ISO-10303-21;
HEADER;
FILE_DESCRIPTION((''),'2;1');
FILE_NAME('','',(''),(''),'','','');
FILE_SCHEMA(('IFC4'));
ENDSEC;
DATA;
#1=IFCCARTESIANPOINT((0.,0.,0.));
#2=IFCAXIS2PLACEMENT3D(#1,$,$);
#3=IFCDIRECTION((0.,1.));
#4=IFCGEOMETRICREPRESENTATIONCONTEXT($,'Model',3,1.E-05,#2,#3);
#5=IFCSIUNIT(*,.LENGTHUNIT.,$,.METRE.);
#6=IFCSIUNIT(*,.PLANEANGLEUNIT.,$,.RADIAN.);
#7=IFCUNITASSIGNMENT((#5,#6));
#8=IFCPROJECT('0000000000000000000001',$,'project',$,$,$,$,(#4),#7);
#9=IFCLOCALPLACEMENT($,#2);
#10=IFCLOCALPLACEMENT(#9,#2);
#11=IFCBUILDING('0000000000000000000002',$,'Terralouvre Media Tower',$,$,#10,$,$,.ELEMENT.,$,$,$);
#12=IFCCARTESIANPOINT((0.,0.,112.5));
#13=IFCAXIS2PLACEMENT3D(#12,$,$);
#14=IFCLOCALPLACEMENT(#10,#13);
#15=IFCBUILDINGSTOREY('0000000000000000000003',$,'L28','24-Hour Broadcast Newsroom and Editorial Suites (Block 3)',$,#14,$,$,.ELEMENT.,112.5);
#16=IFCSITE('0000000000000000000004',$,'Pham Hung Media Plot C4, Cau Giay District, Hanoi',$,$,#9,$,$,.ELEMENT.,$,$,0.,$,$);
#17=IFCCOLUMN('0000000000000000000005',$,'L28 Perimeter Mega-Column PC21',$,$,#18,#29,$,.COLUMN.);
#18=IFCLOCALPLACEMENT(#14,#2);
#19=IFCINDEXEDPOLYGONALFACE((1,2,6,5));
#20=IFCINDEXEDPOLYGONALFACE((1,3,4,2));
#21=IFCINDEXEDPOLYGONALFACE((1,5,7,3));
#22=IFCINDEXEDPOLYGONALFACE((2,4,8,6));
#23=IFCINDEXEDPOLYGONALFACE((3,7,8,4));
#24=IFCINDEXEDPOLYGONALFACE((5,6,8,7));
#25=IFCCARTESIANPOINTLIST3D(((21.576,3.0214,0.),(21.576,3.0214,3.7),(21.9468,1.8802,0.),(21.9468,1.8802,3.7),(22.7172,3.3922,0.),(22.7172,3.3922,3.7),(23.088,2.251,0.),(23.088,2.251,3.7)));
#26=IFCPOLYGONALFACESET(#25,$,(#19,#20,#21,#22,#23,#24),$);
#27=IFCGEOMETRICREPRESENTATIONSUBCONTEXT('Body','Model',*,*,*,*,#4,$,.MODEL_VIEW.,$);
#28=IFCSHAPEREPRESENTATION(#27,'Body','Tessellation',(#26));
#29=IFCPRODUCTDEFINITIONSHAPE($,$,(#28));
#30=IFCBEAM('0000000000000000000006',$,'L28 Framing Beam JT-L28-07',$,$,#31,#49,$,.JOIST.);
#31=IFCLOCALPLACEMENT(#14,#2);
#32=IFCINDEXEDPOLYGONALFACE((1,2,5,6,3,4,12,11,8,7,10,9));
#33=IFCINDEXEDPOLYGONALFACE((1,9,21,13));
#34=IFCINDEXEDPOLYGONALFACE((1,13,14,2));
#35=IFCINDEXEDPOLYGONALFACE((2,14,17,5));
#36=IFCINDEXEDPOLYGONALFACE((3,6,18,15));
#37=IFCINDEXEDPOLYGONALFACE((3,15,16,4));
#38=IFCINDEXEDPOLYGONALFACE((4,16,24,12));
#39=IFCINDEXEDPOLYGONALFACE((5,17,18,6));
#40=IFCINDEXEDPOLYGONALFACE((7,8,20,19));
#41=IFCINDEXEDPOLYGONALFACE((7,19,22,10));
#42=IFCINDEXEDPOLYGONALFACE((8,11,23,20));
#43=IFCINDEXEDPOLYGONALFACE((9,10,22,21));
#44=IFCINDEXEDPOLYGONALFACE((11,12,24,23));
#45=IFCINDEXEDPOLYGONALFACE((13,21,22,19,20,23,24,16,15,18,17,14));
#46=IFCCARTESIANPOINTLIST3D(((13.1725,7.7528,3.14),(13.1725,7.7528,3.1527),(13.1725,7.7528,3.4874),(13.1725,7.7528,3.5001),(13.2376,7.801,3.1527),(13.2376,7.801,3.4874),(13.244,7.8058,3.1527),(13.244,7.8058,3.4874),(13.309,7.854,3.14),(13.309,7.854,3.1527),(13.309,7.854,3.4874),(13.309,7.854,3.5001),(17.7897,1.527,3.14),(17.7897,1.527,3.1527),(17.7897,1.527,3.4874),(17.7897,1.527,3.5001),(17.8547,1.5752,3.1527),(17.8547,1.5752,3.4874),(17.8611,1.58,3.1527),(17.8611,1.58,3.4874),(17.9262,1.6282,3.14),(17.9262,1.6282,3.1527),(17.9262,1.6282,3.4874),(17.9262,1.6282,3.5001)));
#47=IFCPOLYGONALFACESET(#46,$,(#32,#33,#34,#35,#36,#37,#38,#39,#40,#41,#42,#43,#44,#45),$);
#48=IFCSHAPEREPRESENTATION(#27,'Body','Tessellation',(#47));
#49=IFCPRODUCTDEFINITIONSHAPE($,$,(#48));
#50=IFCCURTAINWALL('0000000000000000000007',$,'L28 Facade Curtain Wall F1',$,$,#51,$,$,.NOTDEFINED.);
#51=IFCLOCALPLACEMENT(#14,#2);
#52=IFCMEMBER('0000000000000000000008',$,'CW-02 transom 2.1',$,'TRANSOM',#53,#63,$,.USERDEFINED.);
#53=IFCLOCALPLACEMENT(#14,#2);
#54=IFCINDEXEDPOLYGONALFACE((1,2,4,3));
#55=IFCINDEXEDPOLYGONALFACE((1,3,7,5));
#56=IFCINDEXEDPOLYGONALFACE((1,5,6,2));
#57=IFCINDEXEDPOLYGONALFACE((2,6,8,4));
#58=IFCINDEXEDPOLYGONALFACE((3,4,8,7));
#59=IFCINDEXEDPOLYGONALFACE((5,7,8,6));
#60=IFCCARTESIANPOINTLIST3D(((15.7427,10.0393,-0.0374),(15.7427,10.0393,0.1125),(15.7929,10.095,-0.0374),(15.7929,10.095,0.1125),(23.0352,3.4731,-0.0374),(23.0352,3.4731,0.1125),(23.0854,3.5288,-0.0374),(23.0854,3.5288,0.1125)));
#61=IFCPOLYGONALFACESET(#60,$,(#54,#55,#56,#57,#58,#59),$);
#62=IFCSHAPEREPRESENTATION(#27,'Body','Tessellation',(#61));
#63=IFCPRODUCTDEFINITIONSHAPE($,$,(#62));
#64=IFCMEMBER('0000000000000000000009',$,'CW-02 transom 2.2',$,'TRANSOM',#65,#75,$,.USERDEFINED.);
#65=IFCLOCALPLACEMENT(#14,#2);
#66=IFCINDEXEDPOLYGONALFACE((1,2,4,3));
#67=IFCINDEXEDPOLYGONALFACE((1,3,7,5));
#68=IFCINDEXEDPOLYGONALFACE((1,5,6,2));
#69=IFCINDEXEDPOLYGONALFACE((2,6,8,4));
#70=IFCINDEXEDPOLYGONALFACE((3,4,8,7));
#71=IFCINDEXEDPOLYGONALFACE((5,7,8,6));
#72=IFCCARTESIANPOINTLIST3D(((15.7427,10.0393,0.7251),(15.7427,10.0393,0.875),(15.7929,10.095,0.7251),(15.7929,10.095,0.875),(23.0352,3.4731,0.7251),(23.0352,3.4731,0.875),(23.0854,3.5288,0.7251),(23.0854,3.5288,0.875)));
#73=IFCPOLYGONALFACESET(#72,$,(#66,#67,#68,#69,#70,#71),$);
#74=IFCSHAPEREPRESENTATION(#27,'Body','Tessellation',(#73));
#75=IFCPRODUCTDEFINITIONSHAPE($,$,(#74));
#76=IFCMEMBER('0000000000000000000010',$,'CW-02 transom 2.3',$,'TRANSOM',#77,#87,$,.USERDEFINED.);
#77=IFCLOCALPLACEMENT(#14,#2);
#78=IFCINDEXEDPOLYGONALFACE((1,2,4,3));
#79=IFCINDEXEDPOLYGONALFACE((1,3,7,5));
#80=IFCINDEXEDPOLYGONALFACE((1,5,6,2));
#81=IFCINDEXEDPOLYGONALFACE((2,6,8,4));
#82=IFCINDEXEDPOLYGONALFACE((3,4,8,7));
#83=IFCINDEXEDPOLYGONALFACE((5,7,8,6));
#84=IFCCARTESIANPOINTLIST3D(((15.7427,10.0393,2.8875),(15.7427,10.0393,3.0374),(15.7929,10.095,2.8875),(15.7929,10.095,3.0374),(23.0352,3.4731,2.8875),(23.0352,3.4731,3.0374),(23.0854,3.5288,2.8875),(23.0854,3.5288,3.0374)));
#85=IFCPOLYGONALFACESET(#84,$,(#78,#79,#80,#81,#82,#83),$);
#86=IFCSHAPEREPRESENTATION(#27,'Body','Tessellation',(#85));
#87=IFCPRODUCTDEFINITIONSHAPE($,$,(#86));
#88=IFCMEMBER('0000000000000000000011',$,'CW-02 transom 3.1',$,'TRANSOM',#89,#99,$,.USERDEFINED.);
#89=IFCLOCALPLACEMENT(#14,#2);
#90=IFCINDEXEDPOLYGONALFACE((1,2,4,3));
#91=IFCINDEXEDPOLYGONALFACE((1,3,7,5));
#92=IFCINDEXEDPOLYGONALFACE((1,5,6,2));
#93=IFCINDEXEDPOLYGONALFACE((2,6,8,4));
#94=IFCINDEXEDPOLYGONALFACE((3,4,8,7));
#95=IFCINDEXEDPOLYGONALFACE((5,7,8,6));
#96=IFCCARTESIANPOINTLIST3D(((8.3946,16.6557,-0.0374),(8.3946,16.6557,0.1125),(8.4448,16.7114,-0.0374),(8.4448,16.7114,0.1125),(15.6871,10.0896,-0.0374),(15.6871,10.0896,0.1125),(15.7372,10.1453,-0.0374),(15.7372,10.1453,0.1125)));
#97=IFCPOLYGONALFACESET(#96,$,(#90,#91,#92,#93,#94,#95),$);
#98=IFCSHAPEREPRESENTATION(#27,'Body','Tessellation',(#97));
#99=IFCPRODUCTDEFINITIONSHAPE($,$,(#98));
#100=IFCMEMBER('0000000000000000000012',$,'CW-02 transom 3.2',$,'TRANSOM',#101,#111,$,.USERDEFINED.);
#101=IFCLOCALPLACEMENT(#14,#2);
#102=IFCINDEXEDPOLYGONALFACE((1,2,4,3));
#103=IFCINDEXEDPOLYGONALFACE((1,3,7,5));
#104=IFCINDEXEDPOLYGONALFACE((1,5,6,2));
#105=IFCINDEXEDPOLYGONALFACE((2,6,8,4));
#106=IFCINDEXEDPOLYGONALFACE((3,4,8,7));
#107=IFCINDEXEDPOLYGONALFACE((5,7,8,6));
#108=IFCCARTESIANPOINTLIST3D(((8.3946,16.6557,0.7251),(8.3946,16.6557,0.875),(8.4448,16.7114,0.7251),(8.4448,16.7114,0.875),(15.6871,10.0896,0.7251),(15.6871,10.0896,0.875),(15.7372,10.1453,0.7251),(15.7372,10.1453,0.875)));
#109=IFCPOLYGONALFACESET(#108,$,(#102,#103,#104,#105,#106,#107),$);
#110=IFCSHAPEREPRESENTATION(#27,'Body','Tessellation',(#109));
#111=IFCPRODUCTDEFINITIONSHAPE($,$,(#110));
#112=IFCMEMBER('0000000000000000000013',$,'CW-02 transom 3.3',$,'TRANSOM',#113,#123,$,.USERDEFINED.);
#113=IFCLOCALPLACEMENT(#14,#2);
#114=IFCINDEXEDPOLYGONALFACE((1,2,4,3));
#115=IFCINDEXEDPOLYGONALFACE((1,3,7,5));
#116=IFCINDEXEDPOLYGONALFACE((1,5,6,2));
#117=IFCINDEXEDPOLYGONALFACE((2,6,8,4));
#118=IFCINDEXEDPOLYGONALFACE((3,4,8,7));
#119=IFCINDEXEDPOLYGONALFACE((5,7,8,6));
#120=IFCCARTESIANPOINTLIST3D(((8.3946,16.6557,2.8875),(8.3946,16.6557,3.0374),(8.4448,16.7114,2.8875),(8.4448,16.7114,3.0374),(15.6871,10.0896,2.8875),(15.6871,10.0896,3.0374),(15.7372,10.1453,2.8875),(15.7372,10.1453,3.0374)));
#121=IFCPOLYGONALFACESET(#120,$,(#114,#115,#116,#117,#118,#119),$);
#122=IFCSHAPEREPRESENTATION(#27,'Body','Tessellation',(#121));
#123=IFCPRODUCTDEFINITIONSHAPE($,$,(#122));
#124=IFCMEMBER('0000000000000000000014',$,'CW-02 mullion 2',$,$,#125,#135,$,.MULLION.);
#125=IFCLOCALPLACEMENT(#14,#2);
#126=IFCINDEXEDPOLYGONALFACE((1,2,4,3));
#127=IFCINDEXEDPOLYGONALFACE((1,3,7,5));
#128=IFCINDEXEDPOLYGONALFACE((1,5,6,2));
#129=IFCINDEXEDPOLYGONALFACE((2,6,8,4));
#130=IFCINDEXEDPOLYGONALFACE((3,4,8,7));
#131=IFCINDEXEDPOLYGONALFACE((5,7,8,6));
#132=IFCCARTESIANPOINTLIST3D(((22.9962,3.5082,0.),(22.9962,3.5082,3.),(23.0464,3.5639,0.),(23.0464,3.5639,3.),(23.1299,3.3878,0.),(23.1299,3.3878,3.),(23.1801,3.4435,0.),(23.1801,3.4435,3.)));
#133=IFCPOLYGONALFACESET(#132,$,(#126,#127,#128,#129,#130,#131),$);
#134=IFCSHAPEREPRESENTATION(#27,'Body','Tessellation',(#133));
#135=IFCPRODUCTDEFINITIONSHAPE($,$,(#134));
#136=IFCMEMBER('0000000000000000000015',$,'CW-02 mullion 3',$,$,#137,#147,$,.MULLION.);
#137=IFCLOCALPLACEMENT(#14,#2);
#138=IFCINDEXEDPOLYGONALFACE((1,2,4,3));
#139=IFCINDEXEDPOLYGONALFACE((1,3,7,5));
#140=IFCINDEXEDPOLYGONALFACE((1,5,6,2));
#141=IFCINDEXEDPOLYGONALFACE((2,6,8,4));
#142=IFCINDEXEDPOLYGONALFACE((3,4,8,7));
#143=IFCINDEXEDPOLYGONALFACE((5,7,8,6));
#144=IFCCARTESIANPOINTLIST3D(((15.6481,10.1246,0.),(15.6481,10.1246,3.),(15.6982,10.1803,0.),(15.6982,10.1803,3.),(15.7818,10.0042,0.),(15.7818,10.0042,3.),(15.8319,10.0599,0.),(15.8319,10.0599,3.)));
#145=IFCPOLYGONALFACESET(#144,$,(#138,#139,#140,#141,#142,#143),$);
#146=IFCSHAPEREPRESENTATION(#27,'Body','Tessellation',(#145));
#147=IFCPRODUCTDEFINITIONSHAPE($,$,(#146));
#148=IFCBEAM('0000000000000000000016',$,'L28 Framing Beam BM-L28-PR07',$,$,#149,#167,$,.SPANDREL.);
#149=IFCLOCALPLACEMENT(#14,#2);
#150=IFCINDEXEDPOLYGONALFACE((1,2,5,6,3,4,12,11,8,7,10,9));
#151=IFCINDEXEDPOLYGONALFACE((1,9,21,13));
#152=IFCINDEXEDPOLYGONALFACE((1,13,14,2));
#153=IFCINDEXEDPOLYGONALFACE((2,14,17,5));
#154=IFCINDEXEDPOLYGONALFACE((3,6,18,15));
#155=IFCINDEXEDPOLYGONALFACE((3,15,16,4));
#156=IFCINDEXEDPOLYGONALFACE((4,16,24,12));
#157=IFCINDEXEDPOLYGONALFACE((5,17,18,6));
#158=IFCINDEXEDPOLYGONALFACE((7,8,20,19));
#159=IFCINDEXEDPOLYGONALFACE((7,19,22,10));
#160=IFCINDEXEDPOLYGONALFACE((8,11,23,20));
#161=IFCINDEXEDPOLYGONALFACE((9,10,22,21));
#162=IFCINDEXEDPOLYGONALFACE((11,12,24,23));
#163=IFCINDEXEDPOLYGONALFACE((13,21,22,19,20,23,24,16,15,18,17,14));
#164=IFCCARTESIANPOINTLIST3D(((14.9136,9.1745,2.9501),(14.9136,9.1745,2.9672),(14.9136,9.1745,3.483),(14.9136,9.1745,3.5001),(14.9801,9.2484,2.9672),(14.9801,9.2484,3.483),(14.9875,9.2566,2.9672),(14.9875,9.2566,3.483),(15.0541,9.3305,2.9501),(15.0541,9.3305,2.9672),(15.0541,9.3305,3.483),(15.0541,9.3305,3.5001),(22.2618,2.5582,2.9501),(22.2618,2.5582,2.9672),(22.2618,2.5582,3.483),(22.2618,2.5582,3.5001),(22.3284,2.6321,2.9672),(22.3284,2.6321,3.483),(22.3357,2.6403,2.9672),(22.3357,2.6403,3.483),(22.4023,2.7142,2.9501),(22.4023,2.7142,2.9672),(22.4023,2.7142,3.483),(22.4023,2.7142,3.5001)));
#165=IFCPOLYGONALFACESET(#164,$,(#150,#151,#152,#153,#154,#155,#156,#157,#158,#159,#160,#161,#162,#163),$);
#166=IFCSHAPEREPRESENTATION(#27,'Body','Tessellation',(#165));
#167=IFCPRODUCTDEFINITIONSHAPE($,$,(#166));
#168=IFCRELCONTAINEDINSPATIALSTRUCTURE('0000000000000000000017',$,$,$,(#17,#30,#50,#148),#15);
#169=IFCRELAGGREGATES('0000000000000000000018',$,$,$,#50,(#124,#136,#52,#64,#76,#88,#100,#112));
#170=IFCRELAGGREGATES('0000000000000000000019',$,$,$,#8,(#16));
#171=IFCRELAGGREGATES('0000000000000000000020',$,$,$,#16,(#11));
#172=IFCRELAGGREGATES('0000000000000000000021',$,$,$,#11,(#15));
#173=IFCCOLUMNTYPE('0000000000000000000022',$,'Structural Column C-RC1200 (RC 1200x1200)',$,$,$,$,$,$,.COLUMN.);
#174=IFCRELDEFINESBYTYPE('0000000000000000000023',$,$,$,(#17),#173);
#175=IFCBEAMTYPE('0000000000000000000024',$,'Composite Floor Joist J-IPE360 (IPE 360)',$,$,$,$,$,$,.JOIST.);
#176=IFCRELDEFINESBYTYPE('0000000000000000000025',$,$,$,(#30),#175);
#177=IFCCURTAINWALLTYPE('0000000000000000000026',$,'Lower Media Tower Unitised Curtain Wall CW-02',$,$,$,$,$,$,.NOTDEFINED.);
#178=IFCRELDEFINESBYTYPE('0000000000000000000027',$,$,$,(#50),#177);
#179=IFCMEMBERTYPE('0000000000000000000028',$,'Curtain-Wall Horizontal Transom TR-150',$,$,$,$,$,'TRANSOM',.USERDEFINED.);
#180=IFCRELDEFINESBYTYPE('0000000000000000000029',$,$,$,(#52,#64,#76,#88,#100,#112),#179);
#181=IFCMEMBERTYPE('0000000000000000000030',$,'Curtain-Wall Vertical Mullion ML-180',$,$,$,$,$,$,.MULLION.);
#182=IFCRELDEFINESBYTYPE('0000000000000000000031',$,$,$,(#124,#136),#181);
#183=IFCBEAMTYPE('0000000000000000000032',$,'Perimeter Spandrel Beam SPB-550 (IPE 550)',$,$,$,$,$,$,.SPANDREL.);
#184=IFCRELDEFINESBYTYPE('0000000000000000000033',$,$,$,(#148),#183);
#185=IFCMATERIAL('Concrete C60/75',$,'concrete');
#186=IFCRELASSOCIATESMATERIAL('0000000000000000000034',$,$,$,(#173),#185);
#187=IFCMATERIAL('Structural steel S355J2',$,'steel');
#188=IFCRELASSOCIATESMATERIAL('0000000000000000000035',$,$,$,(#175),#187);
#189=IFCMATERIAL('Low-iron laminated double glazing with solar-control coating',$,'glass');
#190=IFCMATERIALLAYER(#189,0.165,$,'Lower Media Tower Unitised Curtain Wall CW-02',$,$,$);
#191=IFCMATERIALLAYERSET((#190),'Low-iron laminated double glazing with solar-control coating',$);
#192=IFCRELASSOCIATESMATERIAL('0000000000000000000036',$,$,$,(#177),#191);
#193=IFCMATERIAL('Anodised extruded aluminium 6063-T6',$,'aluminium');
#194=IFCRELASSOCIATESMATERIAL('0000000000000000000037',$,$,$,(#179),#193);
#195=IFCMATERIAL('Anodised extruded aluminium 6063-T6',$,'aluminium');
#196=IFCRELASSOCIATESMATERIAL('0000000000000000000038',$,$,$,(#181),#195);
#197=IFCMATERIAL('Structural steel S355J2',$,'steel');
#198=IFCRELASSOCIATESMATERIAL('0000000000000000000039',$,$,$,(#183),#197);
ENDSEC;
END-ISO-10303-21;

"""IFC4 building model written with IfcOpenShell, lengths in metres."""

from ifc_helpers import new_model, si_unit, direction, frame, origin, origin_2d, place, context, subcontext, project, spatial, rectangle, i_section, extrude, material, layer, layer_set, material_profile, profile_set, type_object, element, aggregate, save


model = new_model("IFC4")

# Units and contexts
model_context = context("Model", 3, precision=1e-05, world=origin(), true_north=direction((0.0, 1.0)))
body_context = subcontext(model_context, "Body", "Model", "MODEL_VIEW")
ifc_project = project(units=[si_unit("LENGTHUNIT", "METRE"), si_unit("PLANEANGLEUNIT", "RADIAN")], contexts=[model_context])

# Site, building, storey
site_placement = place(None, origin())
site = spatial("IfcSite", under=ifc_project, at=site_placement, Name="Pham Hung Media Plot C4, Cau Giay District, Hanoi", CompositionType="ELEMENT", RefElevation=0.0)
building_placement = place(site_placement, origin())
building = spatial("IfcBuilding", under=site, at=building_placement, Name="Terralouvre Media Tower", CompositionType="ELEMENT")
storey_placement = place(building_placement, frame((0.0, 0.0, 112.5)))
storey = spatial("IfcBuildingStorey", under=building, at=storey_placement, Name="L28", Description="24-Hour Broadcast Newsroom and Editorial Suites (Block 3)", CompositionType="ELEMENT", Elevation=112.5)

# Column
ifc_material_1 = material(Name="Concrete C60/75", Category="concrete")
ifc_material_profile_1 = material_profile(ifc_material_1, rectangle(XDim=1.2, YDim=1.2, at=origin_2d()), Name="RC 1200x1200")
ifc_profile_set_1 = profile_set([ifc_material_profile_1], Name="Concrete C60/75")
column_type = type_object("IfcColumnType", Name="Structural Column C-RC1200 (RC 1200x1200)", PredefinedType="COLUMN", material=ifc_profile_set_1)
column_placement = place(storey_placement, frame((22.332, 2.6362, 0.0), z_axis=(0.0, 0.0, 1.0), x_axis=(0.951057, 0.309017, 0.0)))
element("IfcColumn", 1, at=column_placement, inside=storey, type_object=column_type, Name="L28 Perimeter Mega-Column PC21", PredefinedType="COLUMN", context=body_context, shape_type="SweptSolid", body=[
    extrude(rectangle(XDim=1.2, YDim=1.2, at=origin_2d()), origin(), (0.0, 0.0, 1.0), 3.7),
])

# Beam
ifc_material_2 = material(Name="Structural steel S355J2", Category="steel")
ifc_material_profile_2 = material_profile(ifc_material_2, i_section(OverallWidth=0.1699, OverallDepth=0.3601, WebThickness=0.0081, FlangeThickness=0.0127, at=origin_2d()), Name="IPE 360")
ifc_profile_set_2 = profile_set([ifc_material_profile_2], Name="Structural steel S355J2")
beam_type_1 = type_object("IfcBeamType", Name="Composite Floor Joist J-IPE360 (IPE 360)", PredefinedType="JOIST", material=ifc_profile_set_2)
beam_1_placement = place(storey_placement, frame((17.8579, 1.5776, 3.3201), z_axis=(-0.595682, 0.80322, 0.0), x_axis=(-0.80322, -0.595682, 0.0)))
element("IfcBeam", 2, at=beam_1_placement, inside=storey, type_object=beam_type_1, Name="L28 Framing Beam JT-L28-07", PredefinedType="JOIST", context=body_context, shape_type="SweptSolid", body=[
    extrude(i_section(OverallWidth=0.1699, OverallDepth=0.3601, WebThickness=0.0081, FlangeThickness=0.0127, at=origin_2d()), origin(), (0.0, 0.0, 1.0), 7.751),
])

# Curtain wall, members
ifc_material_3 = material(Name="Low-iron laminated double glazing with solar-control coating", Category="glass")
ifc_layer_1 = layer(ifc_material_3, 0.165, Name="Lower Media Tower Unitised Curtain Wall CW-02")
ifc_layer_set_1 = layer_set([ifc_layer_1], Name="Low-iron laminated double glazing with solar-control coating")
curtain_wall_type = type_object("IfcCurtainWallType", Name="Lower Media Tower Unitised Curtain Wall CW-02", PredefinedType="NOTDEFINED", material=ifc_layer_set_1)
curtain_wall_placement = place(storey_placement, origin())
curtain_wall = element("IfcCurtainWall", 3, at=curtain_wall_placement, inside=storey, type_object=curtain_wall_type, Name="L28 Facade Curtain Wall F1", PredefinedType="NOTDEFINED")
ifc_material_4 = material(Name="Anodised extruded aluminium 6063-T6", Category="aluminium")
ifc_material_profile_3 = material_profile(ifc_material_4, rectangle(XDim=0.075, YDim=0.1499, at=origin_2d()), Name="ALU 75x150")
ifc_profile_set_3 = profile_set([ifc_material_profile_3], Name="Anodised extruded aluminium 6063-T6")
member_type_1 = type_object("IfcMemberType", Name="Curtain-Wall Horizontal Transom TR-150", ElementType="TRANSOM", PredefinedType="USERDEFINED", material=ifc_profile_set_3)
member_1_placement = place(storey_placement, frame((23.0603, 3.501, 0.0376), z_axis=(-0.743146, 0.66913, 0.0), x_axis=(-0.66913, -0.743146, 0.0)))
member_1 = element("IfcMember", 4, at=member_1_placement, type_object=member_type_1, Name="CW-02 transom 2.1", ObjectType="TRANSOM", PredefinedType="USERDEFINED", context=body_context, shape_type="SweptSolid", body=[
    extrude(rectangle(XDim=0.075, YDim=0.1499, at=origin_2d()), origin(), (0.0, 0.0, 1.0), 9.813),
])
member_2_placement = place(storey_placement, frame((23.0603, 3.501, 0.8), z_axis=(-0.743146, 0.66913, 0.0), x_axis=(-0.66913, -0.743146, 0.0)))
member_2 = element("IfcMember", 5, at=member_2_placement, type_object=member_type_1, Name="CW-02 transom 2.2", ObjectType="TRANSOM", PredefinedType="USERDEFINED", context=body_context, shape_type="SweptSolid", body=[
    extrude(rectangle(XDim=0.075, YDim=0.1499, at=origin_2d()), origin(), (0.0, 0.0, 1.0), 9.813),
])
member_3_placement = place(storey_placement, frame((23.0603, 3.501, 2.9624), z_axis=(-0.743146, 0.66913, 0.0), x_axis=(-0.66913, -0.743146, 0.0)))
member_3 = element("IfcMember", 6, at=member_3_placement, type_object=member_type_1, Name="CW-02 transom 2.3", ObjectType="TRANSOM", PredefinedType="USERDEFINED", context=body_context, shape_type="SweptSolid", body=[
    extrude(rectangle(XDim=0.075, YDim=0.1499, at=origin_2d()), origin(), (0.0, 0.0, 1.0), 9.813),
])
member_4_placement = place(storey_placement, frame((15.7122, 10.1174, 0.0376), z_axis=(-0.743146, 0.66913, 0.0), x_axis=(-0.66913, -0.743146, 0.0)))
member_4 = element("IfcMember", 7, at=member_4_placement, type_object=member_type_1, Name="CW-02 transom 3.1", ObjectType="TRANSOM", PredefinedType="USERDEFINED", context=body_context, shape_type="SweptSolid", body=[
    extrude(rectangle(XDim=0.075, YDim=0.1499, at=origin_2d()), origin(), (0.0, 0.0, 1.0), 9.813),
])
member_5_placement = place(storey_placement, frame((15.7122, 10.1174, 0.8), z_axis=(-0.743146, 0.66913, 0.0), x_axis=(-0.66913, -0.743146, 0.0)))
member_5 = element("IfcMember", 8, at=member_5_placement, type_object=member_type_1, Name="CW-02 transom 3.2", ObjectType="TRANSOM", PredefinedType="USERDEFINED", context=body_context, shape_type="SweptSolid", body=[
    extrude(rectangle(XDim=0.075, YDim=0.1499, at=origin_2d()), origin(), (0.0, 0.0, 1.0), 9.813),
])
member_6_placement = place(storey_placement, frame((15.7122, 10.1174, 2.9624), z_axis=(-0.743146, 0.66913, 0.0), x_axis=(-0.66913, -0.743146, 0.0)))
member_6 = element("IfcMember", 9, at=member_6_placement, type_object=member_type_1, Name="CW-02 transom 3.3", ObjectType="TRANSOM", PredefinedType="USERDEFINED", context=body_context, shape_type="SweptSolid", body=[
    extrude(rectangle(XDim=0.075, YDim=0.1499, at=origin_2d()), origin(), (0.0, 0.0, 1.0), 9.813),
])
ifc_material_5 = material(Name="Anodised extruded aluminium 6063-T6", Category="aluminium")
ifc_material_profile_4 = material_profile(ifc_material_5, rectangle(XDim=0.075, YDim=0.1799, at=origin_2d()), Name="ALU 75x180")
ifc_profile_set_4 = profile_set([ifc_material_profile_4], Name="Anodised extruded aluminium 6063-T6")
member_type_2 = type_object("IfcMemberType", Name="Curtain-Wall Vertical Mullion ML-180", PredefinedType="MULLION", material=ifc_profile_set_4)
member_7_placement = place(storey_placement, frame((23.0881, 3.4758, 0.0), z_axis=(0.0, 0.0, 1.0), x_axis=(-0.669131, -0.743145, 0.0)))
member_7 = element("IfcMember", 10, at=member_7_placement, type_object=member_type_2, Name="CW-02 mullion 2", PredefinedType="MULLION", context=body_context, shape_type="SweptSolid", body=[
    extrude(rectangle(XDim=0.075, YDim=0.1799, at=origin_2d()), origin(), (0.0, 0.0, 1.0), 3.0),
])
member_8_placement = place(storey_placement, frame((15.74, 10.0923, 0.0), z_axis=(0.0, 0.0, 1.0), x_axis=(-0.669131, -0.743145, 0.0)))
member_8 = element("IfcMember", 11, at=member_8_placement, type_object=member_type_2, Name="CW-02 mullion 3", PredefinedType="MULLION", context=body_context, shape_type="SweptSolid", body=[
    extrude(rectangle(XDim=0.075, YDim=0.1799, at=origin_2d()), origin(), (0.0, 0.0, 1.0), 3.0),
])

# Beam
ifc_material_6 = material(Name="Structural steel S355J2", Category="steel")
ifc_material_profile_5 = material_profile(ifc_material_6, i_section(OverallWidth=0.21, OverallDepth=0.55, WebThickness=0.011, FlangeThickness=0.0171, at=origin_2d()), Name="IPE 550")
ifc_profile_set_5 = profile_set([ifc_material_profile_5], Name="Structural steel S355J2")
beam_type_2 = type_object("IfcBeamType", Name="Perimeter Spandrel Beam SPB-550 (IPE 550)", PredefinedType="SPANDREL", material=ifc_profile_set_5)
beam_2_placement = place(storey_placement, frame((22.332, 2.6362, 3.2251), z_axis=(-0.743149, 0.669126, 0.0), x_axis=(-0.669126, -0.743149, 0.0)))
element("IfcBeam", 12, at=beam_2_placement, inside=storey, type_object=beam_type_2, Name="L28 Framing Beam BM-L28-PR07", PredefinedType="SPANDREL", context=body_context, shape_type="SweptSolid", body=[
    extrude(i_section(OverallWidth=0.21, OverallDepth=0.55, WebThickness=0.011, FlangeThickness=0.0171, at=origin_2d()), origin(), (0.0, 0.0, 1.0), 9.8879),
])

aggregate(curtain_wall, [member_7, member_8, member_1, member_2, member_3, member_4, member_5, member_6])

save(model, "model.ifc")
